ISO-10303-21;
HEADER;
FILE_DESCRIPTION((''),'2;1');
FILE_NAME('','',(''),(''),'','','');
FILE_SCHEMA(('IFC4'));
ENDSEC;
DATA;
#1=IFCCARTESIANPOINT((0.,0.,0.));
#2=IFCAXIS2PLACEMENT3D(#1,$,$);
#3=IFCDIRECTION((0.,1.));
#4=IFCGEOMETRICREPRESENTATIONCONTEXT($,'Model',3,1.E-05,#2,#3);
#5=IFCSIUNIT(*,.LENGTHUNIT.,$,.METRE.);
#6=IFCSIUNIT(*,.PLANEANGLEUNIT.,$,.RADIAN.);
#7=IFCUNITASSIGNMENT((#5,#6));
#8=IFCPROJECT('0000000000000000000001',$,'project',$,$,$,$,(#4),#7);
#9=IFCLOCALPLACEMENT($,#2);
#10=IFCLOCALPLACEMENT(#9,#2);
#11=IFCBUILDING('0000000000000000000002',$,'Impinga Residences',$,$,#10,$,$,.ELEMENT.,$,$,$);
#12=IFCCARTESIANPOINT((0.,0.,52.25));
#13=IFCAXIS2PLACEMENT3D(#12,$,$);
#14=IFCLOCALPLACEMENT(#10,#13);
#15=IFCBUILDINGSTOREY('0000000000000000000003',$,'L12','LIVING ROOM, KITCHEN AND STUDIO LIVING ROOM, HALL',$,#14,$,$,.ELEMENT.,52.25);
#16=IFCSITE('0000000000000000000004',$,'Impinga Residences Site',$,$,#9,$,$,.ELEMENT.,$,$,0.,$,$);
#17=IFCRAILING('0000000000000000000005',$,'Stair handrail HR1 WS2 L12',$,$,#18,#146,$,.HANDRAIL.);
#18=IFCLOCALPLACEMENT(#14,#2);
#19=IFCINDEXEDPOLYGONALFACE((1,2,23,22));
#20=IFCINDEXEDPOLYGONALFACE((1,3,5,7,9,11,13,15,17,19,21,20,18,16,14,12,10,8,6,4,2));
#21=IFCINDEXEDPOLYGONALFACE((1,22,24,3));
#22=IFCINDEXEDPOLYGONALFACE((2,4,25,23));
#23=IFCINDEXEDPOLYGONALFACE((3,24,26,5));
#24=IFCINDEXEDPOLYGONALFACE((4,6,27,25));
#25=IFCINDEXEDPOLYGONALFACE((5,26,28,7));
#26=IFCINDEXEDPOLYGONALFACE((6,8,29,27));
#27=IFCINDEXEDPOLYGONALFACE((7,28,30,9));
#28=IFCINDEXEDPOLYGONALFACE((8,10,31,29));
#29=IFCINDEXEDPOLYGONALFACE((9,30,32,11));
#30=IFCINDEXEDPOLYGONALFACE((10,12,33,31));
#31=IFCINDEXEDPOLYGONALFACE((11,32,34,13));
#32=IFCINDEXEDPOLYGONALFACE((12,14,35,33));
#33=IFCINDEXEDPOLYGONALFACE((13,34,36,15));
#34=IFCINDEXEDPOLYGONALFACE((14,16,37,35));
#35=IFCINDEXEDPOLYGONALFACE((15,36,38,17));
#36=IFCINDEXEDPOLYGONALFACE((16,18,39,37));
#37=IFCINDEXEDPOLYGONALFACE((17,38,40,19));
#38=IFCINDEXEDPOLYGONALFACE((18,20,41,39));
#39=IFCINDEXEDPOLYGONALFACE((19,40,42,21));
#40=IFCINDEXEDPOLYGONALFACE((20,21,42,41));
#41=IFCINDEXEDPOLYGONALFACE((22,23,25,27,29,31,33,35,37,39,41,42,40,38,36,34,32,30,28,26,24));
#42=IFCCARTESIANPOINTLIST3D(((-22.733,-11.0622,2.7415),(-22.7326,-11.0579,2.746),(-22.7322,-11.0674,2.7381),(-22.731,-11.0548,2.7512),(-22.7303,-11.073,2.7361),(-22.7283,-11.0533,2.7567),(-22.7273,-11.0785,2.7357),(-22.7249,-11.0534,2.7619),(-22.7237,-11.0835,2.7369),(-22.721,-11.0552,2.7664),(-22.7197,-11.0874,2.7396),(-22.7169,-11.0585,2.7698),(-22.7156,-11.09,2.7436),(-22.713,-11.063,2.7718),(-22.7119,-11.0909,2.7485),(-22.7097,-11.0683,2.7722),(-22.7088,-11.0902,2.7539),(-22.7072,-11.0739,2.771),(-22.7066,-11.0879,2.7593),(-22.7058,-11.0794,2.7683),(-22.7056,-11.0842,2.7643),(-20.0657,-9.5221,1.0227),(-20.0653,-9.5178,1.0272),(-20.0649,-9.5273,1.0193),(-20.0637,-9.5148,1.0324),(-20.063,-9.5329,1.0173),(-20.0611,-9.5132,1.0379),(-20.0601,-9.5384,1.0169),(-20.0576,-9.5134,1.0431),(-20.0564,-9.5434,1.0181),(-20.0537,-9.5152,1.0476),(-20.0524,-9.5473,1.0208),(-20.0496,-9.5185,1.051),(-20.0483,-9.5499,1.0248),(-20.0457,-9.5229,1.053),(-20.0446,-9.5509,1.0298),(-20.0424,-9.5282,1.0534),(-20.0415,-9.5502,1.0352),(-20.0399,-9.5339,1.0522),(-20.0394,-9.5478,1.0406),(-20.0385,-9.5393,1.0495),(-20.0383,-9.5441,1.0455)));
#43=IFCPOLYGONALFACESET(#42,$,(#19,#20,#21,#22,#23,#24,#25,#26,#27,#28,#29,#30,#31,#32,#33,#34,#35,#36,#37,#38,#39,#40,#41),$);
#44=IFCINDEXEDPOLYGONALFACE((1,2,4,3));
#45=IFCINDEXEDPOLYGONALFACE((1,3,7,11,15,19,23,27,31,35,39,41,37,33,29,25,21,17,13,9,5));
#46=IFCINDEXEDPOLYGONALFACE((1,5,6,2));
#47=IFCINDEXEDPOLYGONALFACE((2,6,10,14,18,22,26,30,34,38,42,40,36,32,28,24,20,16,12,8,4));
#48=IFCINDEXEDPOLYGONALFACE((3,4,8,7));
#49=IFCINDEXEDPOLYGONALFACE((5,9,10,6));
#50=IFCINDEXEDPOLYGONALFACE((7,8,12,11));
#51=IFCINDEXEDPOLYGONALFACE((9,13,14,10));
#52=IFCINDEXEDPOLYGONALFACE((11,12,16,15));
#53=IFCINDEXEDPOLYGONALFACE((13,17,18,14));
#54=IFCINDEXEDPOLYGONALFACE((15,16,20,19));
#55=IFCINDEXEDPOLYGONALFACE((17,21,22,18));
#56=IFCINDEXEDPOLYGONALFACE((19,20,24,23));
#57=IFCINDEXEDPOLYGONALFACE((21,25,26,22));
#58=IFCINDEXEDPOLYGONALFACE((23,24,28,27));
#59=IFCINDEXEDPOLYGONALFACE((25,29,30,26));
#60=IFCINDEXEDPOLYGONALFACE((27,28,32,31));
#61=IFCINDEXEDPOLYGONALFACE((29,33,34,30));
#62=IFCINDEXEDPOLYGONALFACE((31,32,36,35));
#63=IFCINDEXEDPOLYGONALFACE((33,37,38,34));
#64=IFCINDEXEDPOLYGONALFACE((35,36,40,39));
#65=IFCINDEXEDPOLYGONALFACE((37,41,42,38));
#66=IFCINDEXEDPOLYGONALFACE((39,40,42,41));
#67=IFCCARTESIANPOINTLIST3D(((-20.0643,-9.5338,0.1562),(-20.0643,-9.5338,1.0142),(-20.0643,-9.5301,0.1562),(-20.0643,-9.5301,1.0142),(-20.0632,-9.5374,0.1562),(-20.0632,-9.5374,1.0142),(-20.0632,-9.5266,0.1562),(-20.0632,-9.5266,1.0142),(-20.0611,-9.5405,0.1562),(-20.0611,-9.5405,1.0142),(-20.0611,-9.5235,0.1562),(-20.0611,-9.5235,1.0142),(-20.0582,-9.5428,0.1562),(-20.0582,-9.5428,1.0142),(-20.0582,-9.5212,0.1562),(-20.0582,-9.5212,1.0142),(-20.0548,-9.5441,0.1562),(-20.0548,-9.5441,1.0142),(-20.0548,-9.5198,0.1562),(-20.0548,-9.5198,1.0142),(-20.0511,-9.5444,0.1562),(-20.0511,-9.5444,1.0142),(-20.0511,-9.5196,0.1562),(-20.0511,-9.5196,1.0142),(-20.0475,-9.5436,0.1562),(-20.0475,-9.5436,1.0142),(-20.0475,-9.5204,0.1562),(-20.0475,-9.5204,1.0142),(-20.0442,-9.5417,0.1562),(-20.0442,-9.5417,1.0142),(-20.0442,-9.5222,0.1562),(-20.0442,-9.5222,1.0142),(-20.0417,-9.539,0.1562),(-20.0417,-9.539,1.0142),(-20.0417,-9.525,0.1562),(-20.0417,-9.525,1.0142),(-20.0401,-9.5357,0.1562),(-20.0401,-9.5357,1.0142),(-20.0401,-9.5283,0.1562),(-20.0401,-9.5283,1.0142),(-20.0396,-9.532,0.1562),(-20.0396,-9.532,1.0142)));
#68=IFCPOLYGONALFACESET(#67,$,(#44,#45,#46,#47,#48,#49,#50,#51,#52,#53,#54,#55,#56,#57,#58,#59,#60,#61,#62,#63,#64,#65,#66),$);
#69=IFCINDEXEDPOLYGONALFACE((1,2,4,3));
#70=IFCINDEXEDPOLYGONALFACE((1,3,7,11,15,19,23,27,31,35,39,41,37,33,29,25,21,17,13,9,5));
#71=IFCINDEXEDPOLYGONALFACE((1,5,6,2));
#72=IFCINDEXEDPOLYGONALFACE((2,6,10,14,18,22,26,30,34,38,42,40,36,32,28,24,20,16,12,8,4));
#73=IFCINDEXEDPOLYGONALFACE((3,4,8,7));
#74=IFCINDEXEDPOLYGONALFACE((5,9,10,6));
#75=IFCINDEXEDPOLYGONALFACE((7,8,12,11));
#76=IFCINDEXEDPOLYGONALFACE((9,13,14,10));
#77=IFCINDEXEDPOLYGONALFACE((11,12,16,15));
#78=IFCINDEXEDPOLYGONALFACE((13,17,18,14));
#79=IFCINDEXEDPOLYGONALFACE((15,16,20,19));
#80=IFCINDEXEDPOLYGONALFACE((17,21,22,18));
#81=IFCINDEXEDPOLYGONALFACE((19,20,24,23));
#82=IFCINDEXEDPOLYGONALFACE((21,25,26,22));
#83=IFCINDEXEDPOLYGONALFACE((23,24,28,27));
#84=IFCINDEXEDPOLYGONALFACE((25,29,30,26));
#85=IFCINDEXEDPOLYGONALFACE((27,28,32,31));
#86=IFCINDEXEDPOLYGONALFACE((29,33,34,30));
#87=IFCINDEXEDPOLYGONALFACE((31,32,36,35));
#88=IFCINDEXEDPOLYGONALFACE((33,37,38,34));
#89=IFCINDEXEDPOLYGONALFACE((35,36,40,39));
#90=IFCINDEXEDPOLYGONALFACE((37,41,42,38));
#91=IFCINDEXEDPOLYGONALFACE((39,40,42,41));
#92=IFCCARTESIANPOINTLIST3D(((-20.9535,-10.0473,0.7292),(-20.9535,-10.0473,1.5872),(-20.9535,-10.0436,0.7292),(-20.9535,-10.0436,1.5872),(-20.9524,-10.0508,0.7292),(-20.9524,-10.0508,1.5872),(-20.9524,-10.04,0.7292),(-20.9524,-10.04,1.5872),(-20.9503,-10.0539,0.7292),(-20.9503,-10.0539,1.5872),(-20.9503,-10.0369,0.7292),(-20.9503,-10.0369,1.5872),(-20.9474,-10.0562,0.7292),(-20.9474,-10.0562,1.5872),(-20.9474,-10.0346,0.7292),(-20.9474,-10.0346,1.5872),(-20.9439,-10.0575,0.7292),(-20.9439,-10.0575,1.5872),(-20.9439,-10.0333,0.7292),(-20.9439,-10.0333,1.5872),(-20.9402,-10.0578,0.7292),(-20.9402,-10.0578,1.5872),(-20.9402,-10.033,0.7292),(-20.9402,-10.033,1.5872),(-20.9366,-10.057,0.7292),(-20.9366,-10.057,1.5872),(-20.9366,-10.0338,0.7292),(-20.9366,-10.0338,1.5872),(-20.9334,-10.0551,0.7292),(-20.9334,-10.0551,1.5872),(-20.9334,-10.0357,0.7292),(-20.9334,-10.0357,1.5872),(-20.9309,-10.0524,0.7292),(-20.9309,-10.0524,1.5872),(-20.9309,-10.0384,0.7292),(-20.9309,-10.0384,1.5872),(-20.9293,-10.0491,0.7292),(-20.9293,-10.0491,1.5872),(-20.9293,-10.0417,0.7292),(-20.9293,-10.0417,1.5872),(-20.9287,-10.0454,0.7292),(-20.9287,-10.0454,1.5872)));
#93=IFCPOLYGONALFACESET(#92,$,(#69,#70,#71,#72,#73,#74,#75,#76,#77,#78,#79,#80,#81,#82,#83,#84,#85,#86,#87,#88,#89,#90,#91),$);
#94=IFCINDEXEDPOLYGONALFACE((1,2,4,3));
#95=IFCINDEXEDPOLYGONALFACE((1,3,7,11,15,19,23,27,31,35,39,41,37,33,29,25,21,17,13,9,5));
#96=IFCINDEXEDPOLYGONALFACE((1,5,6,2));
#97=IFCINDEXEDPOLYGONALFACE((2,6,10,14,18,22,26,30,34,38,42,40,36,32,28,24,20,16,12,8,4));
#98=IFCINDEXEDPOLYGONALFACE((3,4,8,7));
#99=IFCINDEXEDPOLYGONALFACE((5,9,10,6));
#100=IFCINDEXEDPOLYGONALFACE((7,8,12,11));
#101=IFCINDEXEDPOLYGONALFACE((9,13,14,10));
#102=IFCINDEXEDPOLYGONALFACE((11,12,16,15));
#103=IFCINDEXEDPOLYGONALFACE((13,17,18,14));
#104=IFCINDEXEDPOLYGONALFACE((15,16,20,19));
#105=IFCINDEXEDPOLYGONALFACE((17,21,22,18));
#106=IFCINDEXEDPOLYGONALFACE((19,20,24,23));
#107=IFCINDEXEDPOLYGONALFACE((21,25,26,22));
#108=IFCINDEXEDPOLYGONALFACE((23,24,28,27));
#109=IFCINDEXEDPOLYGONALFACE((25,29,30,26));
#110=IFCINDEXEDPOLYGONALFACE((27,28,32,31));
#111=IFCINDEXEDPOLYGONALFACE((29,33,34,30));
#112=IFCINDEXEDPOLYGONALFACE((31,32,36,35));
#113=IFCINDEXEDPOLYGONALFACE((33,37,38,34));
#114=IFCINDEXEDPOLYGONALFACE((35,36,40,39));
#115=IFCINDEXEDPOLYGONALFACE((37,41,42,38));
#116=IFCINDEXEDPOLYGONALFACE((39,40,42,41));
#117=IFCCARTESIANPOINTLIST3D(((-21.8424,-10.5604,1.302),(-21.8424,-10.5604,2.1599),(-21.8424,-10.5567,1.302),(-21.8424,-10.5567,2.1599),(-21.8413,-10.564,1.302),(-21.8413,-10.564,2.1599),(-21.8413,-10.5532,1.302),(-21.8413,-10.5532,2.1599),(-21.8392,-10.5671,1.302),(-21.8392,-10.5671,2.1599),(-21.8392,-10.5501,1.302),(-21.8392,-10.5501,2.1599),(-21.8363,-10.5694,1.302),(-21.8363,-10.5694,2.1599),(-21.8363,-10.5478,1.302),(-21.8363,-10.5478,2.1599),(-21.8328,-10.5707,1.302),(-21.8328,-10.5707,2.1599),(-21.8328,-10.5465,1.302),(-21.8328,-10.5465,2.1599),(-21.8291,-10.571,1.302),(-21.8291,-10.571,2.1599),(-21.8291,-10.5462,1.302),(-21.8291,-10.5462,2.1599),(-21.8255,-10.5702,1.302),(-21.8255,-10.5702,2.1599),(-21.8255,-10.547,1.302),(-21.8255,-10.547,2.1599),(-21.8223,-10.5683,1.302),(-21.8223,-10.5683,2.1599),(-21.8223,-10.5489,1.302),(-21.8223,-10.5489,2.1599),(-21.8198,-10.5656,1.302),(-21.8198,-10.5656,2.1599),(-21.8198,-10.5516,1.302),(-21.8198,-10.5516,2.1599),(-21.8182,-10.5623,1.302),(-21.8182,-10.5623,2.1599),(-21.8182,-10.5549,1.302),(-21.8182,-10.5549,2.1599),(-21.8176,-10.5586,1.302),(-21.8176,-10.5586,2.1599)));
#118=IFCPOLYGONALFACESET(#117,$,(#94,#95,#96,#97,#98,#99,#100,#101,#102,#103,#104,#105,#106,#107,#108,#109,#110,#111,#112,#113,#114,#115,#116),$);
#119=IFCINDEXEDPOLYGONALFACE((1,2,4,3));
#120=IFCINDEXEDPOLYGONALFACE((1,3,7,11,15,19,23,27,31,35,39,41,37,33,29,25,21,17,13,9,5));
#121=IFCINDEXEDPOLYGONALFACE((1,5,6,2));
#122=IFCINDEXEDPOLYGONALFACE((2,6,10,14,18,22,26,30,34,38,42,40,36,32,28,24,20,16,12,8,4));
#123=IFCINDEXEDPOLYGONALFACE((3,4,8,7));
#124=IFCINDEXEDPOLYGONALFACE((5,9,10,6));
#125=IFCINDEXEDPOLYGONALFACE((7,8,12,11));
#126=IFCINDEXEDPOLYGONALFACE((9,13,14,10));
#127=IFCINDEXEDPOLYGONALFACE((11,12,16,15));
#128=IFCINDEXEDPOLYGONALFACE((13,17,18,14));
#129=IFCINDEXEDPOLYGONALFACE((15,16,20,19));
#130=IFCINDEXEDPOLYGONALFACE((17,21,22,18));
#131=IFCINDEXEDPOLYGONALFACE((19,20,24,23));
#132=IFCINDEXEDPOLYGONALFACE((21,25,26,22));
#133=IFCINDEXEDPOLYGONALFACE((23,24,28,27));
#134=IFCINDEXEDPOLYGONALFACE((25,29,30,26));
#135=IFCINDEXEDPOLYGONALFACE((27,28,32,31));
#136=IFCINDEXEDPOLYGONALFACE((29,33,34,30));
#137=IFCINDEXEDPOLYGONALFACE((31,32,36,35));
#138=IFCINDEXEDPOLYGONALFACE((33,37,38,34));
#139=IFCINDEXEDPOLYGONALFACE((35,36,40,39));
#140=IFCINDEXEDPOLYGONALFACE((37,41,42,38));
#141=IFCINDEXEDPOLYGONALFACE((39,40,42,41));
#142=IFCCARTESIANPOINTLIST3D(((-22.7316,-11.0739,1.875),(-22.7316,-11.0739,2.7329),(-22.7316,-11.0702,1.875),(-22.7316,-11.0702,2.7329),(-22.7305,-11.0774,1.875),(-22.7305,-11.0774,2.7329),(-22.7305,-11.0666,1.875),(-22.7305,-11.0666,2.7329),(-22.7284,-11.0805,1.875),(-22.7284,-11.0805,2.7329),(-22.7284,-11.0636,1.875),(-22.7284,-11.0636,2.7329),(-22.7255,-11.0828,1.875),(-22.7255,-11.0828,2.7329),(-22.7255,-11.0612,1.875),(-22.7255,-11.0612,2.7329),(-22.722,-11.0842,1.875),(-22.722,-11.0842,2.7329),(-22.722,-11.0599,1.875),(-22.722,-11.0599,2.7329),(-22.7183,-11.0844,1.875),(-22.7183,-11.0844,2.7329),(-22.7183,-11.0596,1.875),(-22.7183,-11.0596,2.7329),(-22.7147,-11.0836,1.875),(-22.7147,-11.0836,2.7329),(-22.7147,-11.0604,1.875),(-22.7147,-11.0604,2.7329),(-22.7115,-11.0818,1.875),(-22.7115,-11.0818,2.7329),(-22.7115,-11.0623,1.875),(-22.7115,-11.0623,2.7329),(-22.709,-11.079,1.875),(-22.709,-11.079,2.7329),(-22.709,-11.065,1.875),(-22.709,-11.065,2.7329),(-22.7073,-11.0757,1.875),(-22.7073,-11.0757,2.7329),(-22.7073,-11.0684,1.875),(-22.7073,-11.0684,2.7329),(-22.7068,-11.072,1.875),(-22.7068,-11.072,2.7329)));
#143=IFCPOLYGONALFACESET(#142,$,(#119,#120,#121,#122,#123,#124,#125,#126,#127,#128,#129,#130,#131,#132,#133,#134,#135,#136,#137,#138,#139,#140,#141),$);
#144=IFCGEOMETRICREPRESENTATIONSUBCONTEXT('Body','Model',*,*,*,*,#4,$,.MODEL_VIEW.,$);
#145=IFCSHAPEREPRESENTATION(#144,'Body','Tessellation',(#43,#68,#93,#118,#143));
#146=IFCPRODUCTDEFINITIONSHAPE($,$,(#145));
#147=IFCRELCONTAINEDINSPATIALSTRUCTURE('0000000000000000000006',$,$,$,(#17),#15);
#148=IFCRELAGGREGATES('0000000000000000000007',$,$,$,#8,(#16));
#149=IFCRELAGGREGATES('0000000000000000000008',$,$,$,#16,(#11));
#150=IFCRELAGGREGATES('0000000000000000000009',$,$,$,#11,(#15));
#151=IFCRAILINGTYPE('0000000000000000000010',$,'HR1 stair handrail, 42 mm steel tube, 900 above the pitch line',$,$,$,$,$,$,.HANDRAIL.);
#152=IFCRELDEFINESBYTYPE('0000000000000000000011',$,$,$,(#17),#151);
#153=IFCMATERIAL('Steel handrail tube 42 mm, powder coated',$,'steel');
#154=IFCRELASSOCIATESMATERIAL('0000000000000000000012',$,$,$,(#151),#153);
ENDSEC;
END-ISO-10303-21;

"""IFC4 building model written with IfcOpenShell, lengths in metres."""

from ifc_helpers import new_model, si_unit, direction, frame, origin, origin_2d, place, context, subcontext, project, spatial, circle, extrude, material, type_object, element, save


model = new_model("IFC4")

# Units and contexts
model_context = context("Model", 3, precision=1e-05, world=origin(), true_north=direction((0.0, 1.0)))
body_context = subcontext(model_context, "Body", "Model", "MODEL_VIEW")
ifc_project = project(units=[si_unit("LENGTHUNIT", "METRE"), si_unit("PLANEANGLEUNIT", "RADIAN")], contexts=[model_context])

# Site, building, storey
site_placement = place(None, origin())
site = spatial("IfcSite", under=ifc_project, at=site_placement, Name="Impinga Residences Site", CompositionType="ELEMENT", RefElevation=0.0)
building_placement = place(site_placement, origin())
building = spatial("IfcBuilding", under=site, at=building_placement, Name="Impinga Residences", CompositionType="ELEMENT")
storey_placement = place(building_placement, frame((0.0, 0.0, 52.25)))
storey = spatial("IfcBuildingStorey", under=building, at=storey_placement, Name="L12", Description="LIVING ROOM, KITCHEN AND STUDIO LIVING ROOM, HALL", CompositionType="ELEMENT", Elevation=52.25)

# Railing
ifc_material_1 = material(Name="Steel handrail tube 42 mm, powder coated", Category="steel")
railing_type_1 = type_object("IfcRailingType", Name="HR1 stair handrail, 42 mm steel tube, 900 above the pitch line", PredefinedType="HANDRAIL", material=ifc_material_1)
railing_1_placement = place(storey_placement, frame((-20.052, -9.532, 0.1562)))
element("IfcRailing", 1, at=railing_1_placement, inside=storey, type_object=railing_type_1, Name="Stair handrail HR1 WS2 L12", PredefinedType="HANDRAIL", context=body_context, shape_type="SweptSolid", body=[
    extrude(circle(Radius=0.021, at=origin_2d()), frame((0.0, 0.0, 0.8789), z_axis=(-0.756226, -0.436639, 0.487307), x_axis=(0.500027, -0.86601, 0.0)), (0.0, 0.0, 1.0), 3.5271),
    extrude(circle(Radius=0.0125, at=origin_2d()), origin(), (0.0, 0.0, 1.0), 0.8579),
    extrude(circle(Radius=0.0125, at=origin_2d()), frame((-0.8892, -0.5134, 0.573)), (0.0, 0.0, 1.0), 0.8579),
    extrude(circle(Radius=0.0125, at=origin_2d()), frame((-1.7781, -1.0266, 1.1458)), (0.0, 0.0, 1.0), 0.8579),
    extrude(circle(Radius=0.0125, at=origin_2d()), frame((-2.6672, -1.54, 1.7188)), (0.0, 0.0, 1.0), 0.8579),
])

save(model, "model.ifc")
